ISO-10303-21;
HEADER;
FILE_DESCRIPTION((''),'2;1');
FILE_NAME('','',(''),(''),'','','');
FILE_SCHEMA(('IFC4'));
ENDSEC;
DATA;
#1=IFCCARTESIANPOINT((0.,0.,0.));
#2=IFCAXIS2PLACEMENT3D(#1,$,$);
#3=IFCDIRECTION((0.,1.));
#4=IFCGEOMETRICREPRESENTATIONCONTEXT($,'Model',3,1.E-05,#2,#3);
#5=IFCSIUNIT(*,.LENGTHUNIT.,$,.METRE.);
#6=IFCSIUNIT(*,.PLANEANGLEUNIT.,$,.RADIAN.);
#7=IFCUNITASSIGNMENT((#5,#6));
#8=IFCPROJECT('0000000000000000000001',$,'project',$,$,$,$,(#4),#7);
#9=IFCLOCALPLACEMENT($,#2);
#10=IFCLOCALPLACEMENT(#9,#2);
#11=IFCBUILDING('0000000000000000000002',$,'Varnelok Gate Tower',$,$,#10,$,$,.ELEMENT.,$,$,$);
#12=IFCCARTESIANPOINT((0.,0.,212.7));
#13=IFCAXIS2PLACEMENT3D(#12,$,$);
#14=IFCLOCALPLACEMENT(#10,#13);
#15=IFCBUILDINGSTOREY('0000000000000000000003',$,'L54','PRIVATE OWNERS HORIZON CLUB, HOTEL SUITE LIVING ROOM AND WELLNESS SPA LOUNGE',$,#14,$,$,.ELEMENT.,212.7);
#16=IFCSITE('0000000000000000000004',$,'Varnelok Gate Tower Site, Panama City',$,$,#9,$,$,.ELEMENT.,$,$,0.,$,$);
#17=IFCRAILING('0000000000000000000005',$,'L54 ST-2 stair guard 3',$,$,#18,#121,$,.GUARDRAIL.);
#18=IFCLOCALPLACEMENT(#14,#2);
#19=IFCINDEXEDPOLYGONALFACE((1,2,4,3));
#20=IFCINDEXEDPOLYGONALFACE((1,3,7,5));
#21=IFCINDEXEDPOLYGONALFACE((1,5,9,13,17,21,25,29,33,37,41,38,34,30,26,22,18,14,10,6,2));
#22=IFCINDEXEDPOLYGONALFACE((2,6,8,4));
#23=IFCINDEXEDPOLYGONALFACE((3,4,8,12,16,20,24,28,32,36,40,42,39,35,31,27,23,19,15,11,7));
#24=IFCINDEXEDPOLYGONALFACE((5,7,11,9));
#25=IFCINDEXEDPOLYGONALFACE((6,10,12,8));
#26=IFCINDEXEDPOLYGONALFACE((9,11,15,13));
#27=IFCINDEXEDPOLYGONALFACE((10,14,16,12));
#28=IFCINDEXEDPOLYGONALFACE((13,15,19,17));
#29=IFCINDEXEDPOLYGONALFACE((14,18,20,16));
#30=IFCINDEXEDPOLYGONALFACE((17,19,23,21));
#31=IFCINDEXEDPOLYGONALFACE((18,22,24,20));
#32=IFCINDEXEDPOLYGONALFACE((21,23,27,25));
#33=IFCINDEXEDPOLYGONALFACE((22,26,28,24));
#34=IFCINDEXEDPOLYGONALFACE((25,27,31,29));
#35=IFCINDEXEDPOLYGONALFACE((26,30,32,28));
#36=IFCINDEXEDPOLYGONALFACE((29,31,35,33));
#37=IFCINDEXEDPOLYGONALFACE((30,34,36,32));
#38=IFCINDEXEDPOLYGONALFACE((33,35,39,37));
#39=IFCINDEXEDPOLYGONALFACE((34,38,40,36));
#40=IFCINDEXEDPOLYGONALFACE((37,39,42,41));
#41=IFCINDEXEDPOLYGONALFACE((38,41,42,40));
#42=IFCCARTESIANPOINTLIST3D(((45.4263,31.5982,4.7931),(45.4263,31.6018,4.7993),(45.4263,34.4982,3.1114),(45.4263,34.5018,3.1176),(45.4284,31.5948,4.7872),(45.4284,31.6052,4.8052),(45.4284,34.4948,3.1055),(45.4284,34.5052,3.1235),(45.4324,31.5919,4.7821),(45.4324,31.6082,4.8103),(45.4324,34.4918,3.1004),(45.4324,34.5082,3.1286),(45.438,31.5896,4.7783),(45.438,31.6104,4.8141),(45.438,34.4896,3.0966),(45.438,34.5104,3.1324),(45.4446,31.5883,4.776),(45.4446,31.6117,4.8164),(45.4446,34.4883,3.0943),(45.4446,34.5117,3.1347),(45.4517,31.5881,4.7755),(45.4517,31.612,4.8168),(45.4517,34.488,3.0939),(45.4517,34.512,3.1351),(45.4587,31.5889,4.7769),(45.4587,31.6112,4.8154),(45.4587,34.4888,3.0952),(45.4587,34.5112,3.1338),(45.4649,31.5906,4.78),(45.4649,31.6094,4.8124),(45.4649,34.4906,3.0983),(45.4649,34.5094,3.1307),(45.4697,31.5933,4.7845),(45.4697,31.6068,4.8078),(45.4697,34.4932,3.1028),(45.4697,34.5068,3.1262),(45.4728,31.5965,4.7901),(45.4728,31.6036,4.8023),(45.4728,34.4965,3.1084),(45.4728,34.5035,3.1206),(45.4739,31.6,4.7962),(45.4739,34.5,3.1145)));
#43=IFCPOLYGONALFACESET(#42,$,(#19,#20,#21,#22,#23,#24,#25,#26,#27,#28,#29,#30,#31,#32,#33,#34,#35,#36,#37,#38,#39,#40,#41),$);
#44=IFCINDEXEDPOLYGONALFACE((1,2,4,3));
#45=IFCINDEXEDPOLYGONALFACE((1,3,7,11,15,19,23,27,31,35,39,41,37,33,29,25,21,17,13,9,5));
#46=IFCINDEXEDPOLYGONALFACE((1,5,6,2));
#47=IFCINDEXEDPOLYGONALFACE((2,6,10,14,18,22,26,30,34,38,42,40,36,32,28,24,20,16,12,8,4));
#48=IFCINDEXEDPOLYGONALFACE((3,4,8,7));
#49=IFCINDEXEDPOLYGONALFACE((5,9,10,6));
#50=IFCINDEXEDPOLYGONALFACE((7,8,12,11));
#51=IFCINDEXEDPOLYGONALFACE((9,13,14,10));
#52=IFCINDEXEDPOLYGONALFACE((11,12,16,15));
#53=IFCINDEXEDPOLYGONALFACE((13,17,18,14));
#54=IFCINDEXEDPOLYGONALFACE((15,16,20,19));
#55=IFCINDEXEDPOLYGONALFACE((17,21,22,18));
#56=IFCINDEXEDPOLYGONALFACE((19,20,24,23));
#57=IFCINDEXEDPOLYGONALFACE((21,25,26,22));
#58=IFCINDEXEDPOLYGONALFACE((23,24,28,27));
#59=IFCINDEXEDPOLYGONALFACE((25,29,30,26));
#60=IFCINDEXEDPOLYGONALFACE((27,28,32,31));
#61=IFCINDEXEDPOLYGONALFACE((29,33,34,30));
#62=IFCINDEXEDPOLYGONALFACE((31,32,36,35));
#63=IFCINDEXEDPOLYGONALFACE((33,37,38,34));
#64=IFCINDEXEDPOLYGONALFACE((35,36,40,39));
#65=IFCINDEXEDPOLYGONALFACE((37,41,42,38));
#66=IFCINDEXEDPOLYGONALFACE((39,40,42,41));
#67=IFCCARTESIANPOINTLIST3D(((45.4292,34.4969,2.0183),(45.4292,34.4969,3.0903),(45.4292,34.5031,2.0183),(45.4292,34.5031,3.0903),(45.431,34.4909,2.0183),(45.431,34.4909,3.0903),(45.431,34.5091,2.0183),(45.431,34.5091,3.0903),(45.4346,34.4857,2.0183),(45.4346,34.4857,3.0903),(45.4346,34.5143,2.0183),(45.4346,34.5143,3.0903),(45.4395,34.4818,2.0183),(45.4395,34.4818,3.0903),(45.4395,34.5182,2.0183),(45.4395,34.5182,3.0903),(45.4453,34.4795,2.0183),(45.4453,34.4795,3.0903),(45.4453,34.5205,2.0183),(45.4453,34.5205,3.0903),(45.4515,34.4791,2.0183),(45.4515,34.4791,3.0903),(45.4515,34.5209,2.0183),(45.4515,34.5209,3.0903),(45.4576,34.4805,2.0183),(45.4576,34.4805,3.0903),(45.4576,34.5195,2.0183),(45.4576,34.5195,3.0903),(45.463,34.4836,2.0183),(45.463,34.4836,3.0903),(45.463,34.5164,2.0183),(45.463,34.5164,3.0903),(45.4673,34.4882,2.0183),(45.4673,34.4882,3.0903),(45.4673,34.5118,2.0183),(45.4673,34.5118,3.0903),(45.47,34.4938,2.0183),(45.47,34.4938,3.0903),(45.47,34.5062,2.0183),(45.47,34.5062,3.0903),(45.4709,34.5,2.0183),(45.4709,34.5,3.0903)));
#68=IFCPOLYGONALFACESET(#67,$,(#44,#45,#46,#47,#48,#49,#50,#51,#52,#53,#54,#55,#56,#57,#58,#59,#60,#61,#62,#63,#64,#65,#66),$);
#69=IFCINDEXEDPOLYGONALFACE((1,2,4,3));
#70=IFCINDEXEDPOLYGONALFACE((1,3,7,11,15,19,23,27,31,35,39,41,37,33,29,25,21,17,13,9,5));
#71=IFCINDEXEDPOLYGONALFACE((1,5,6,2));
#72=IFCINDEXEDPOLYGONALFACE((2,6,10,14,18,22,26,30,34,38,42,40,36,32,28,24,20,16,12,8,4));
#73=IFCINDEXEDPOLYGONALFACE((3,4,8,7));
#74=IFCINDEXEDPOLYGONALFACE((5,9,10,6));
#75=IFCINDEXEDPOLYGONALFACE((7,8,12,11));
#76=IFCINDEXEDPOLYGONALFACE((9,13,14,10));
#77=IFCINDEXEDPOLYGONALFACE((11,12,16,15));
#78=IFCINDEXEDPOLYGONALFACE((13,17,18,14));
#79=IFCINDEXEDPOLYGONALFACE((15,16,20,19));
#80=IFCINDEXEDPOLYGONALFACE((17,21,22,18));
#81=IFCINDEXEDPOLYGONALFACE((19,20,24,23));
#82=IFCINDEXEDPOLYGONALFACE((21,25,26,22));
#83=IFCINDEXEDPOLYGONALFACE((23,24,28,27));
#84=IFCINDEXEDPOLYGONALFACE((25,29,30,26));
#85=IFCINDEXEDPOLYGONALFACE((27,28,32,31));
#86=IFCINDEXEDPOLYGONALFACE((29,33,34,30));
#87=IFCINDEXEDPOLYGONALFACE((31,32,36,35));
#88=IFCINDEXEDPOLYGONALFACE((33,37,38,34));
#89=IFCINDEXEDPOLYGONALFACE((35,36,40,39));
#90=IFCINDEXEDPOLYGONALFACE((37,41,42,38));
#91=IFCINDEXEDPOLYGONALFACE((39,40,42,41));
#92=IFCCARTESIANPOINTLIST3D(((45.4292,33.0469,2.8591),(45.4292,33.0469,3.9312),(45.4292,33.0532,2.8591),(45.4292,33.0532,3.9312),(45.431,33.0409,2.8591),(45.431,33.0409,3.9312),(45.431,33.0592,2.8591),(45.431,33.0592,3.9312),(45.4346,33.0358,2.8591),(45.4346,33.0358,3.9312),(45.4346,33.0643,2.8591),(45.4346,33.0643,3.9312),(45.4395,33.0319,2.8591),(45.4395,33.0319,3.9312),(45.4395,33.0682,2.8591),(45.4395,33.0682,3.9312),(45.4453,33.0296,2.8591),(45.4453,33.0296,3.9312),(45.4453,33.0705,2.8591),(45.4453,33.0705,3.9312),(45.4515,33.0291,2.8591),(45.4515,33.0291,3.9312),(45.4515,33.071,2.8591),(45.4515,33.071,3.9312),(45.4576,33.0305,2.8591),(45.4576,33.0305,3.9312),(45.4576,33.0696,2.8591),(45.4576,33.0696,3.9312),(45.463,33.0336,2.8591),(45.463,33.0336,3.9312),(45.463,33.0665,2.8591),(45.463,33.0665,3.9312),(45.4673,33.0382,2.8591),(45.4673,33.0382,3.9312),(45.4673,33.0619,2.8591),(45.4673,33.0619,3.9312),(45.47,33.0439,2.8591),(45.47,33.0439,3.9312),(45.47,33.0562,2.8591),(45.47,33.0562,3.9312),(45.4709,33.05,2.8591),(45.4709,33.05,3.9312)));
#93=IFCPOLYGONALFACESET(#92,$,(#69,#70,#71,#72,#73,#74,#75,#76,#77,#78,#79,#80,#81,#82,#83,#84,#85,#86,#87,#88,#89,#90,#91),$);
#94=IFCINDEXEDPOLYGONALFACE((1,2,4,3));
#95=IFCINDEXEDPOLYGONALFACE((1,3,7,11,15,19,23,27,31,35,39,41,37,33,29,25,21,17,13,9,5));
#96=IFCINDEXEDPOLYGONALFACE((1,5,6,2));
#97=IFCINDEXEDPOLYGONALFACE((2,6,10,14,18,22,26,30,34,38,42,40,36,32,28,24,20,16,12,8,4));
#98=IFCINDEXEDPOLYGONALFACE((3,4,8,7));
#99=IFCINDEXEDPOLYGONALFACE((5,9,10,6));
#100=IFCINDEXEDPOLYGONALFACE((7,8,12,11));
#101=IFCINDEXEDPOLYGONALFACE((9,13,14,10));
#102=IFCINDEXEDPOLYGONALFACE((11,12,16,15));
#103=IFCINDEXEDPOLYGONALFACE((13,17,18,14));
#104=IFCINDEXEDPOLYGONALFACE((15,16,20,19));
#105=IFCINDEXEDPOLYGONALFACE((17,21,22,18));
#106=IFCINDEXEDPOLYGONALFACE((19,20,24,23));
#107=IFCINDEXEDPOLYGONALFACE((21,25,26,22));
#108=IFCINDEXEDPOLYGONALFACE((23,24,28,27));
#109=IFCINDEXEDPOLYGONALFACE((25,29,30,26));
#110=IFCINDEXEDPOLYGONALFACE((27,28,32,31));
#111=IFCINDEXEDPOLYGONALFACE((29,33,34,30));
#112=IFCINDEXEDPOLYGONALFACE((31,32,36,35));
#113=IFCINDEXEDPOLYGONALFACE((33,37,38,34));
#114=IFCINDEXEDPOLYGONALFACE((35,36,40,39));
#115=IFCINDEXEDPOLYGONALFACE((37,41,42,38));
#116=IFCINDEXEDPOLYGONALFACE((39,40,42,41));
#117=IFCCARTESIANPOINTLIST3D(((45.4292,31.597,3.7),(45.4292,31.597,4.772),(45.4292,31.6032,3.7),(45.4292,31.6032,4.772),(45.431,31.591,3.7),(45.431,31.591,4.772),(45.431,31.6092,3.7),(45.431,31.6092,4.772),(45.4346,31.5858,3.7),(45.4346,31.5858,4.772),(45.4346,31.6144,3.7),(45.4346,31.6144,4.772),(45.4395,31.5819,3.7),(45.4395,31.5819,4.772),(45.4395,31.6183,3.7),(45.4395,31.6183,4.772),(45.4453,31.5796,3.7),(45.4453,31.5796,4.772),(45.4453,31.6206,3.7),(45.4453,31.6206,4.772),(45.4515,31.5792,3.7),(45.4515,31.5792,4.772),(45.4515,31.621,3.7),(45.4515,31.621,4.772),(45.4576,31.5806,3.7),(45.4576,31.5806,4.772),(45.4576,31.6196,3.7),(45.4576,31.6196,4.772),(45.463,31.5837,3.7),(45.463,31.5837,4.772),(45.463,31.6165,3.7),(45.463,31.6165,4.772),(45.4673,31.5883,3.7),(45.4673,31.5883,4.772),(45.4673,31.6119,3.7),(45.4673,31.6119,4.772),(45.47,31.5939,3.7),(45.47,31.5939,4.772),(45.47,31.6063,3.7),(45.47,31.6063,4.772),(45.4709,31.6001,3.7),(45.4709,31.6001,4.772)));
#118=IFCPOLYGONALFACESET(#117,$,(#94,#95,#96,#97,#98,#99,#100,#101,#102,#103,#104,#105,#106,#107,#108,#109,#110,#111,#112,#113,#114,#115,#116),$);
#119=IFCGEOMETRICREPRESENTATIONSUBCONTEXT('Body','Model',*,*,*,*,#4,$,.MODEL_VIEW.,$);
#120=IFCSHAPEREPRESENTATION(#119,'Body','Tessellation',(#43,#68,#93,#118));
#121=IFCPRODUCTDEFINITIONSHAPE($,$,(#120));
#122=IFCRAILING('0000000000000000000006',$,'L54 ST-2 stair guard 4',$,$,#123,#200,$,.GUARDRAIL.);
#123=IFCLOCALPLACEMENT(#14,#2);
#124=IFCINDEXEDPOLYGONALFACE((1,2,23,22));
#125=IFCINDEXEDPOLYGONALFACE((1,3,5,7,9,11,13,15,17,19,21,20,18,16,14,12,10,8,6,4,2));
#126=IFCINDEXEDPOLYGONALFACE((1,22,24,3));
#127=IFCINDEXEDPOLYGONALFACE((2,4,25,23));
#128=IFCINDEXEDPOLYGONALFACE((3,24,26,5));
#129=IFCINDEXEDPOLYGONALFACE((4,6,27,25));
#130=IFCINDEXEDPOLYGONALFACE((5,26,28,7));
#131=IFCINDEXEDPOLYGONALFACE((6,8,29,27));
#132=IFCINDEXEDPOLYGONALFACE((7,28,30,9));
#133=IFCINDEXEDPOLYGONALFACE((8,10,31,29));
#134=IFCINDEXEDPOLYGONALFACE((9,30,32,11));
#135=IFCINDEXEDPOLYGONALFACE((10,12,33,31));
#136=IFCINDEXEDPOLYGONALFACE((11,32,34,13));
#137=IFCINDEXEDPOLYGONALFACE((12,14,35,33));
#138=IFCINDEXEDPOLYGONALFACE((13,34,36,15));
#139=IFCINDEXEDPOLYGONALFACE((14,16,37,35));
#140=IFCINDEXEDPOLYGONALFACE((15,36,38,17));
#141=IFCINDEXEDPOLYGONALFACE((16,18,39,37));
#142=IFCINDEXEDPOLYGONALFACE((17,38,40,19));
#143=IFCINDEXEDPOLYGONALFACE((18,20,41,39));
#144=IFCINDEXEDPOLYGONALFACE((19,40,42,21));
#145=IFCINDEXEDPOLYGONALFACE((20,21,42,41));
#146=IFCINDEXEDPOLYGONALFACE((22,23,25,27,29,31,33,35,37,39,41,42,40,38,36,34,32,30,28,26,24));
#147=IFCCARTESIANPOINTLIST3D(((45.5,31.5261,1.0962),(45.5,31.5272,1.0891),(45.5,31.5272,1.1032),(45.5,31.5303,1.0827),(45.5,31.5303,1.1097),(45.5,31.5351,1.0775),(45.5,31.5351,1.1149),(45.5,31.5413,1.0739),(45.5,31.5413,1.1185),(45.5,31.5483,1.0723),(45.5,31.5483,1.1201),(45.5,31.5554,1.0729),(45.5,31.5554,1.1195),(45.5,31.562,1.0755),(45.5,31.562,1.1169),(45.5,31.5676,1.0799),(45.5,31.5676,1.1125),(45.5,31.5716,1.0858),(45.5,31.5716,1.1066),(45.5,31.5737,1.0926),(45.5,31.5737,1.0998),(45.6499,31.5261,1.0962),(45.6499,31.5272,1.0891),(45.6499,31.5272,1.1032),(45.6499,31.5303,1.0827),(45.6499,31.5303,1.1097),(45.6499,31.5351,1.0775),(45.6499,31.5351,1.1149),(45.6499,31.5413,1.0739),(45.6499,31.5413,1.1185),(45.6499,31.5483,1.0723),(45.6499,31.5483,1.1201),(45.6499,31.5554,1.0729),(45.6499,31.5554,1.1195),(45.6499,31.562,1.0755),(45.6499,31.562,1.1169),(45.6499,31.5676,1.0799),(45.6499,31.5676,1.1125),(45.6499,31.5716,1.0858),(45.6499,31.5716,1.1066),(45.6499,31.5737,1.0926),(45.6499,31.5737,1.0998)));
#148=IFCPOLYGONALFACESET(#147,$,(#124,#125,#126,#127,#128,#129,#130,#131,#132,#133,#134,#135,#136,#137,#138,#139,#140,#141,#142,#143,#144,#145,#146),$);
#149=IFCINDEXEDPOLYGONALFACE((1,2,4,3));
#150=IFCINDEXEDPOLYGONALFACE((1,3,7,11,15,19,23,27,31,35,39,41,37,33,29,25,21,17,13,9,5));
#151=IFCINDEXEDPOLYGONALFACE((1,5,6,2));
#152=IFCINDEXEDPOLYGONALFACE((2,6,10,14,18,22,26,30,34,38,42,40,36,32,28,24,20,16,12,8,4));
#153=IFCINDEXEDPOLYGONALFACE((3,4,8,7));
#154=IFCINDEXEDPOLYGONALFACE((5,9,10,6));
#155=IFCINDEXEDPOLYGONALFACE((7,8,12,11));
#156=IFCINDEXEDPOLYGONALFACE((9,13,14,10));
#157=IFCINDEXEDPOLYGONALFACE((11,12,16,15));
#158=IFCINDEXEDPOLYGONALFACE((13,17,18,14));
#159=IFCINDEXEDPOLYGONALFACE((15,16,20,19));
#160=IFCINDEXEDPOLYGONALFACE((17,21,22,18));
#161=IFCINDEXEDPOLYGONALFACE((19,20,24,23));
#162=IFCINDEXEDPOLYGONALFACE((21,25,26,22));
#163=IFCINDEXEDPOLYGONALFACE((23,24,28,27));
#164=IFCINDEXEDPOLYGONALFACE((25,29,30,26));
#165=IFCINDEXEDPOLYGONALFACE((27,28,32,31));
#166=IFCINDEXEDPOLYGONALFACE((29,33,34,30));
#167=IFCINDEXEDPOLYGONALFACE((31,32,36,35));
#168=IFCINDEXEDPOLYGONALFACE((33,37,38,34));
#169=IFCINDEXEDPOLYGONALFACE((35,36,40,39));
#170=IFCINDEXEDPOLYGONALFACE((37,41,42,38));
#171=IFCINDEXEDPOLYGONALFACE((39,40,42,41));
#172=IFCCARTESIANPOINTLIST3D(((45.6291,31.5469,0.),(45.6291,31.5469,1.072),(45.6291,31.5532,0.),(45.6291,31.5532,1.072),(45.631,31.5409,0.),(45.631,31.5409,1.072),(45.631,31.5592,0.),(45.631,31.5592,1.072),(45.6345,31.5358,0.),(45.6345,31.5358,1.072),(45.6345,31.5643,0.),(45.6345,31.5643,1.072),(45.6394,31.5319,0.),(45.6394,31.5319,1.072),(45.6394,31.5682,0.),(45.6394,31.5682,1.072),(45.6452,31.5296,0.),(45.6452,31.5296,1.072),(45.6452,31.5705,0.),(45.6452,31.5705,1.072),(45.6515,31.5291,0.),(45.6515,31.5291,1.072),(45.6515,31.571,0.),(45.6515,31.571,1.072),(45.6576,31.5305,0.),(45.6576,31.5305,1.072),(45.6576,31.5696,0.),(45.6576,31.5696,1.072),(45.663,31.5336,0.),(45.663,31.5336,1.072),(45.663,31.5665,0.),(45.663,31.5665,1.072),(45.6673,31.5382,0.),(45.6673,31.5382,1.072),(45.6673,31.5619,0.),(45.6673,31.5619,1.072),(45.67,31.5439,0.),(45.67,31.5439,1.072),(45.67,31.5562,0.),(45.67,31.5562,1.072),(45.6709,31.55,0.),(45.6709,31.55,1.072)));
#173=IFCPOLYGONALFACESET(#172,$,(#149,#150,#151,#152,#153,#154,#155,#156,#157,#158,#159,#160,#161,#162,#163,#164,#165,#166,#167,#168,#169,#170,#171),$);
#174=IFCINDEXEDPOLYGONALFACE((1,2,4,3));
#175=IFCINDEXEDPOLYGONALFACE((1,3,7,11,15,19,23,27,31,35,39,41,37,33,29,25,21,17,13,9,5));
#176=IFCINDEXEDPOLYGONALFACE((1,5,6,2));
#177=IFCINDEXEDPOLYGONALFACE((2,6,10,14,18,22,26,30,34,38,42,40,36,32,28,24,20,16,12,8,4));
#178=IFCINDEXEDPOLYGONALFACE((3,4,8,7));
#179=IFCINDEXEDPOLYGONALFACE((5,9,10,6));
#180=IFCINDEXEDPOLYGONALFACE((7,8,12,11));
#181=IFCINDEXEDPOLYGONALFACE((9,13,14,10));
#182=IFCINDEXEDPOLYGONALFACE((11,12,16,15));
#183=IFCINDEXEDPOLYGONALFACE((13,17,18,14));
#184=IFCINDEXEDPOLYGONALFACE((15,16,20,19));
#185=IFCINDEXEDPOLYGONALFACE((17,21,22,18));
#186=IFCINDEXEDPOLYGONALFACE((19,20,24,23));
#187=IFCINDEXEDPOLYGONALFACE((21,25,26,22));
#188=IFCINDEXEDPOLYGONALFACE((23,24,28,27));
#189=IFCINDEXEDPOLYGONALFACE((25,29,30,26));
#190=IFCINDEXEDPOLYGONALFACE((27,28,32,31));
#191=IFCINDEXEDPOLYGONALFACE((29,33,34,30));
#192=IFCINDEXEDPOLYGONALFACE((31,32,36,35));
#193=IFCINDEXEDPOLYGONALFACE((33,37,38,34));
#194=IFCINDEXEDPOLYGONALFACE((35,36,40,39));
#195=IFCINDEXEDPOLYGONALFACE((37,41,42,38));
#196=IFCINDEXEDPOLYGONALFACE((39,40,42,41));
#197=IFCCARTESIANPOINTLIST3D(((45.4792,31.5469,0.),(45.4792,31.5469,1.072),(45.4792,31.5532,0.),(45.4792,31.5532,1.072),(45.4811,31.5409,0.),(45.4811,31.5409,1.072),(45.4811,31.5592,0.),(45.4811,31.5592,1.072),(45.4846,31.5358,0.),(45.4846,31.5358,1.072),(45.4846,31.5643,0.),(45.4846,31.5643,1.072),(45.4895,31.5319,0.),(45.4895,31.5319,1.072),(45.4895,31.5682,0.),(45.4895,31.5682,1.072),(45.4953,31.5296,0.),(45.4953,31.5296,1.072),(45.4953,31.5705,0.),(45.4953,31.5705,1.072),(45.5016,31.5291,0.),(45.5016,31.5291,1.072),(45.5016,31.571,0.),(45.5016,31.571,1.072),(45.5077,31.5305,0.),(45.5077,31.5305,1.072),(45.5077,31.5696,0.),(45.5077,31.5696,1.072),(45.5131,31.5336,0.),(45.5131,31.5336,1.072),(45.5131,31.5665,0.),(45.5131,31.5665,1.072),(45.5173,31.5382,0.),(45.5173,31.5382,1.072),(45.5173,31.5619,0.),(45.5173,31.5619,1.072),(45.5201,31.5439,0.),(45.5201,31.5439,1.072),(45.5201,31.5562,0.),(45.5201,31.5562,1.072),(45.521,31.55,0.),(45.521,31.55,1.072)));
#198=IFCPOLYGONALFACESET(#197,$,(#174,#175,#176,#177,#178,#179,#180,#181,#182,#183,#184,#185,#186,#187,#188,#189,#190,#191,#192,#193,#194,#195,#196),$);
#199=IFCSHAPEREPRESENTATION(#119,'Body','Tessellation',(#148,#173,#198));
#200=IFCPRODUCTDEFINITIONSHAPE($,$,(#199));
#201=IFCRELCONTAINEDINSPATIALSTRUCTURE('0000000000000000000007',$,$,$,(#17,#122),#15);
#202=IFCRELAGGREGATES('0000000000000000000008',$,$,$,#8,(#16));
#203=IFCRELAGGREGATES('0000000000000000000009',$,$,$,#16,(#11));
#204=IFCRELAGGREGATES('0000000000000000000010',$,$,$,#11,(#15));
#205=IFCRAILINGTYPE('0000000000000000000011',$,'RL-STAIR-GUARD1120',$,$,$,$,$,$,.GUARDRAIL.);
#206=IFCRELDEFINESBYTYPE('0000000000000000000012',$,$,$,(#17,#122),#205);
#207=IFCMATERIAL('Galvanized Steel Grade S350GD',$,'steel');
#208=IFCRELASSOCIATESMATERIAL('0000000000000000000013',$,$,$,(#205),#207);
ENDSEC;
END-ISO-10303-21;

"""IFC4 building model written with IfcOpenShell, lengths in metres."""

from ifc_helpers import new_model, si_unit, direction, frame, origin, origin_2d, place, context, subcontext, project, spatial, circle, extrude, material, type_object, element, save


model = new_model("IFC4")

# Units and contexts
model_context = context("Model", 3, precision=1e-05, world=origin(), true_north=direction((0.0, 1.0)))
body_context = subcontext(model_context, "Body", "Model", "MODEL_VIEW")
ifc_project = project(units=[si_unit("LENGTHUNIT", "METRE"), si_unit("PLANEANGLEUNIT", "RADIAN")], contexts=[model_context])

# Site, building, storey
site_placement = place(None, origin())
site = spatial("IfcSite", under=ifc_project, at=site_placement, Name="Varnelok Gate Tower Site, Panama City", CompositionType="ELEMENT", RefElevation=0.0)
building_placement = place(site_placement, origin())
building = spatial("IfcBuilding", under=site, at=building_placement, Name="Varnelok Gate Tower", CompositionType="ELEMENT")
storey_placement = place(building_placement, frame((0.0, 0.0, 212.7)))
storey = spatial("IfcBuildingStorey", under=building, at=storey_placement, Name="L54", Description="PRIVATE OWNERS HORIZON CLUB, HOTEL SUITE LIVING ROOM AND WELLNESS SPA LOUNGE", CompositionType="ELEMENT", Elevation=212.7)

# Shared definitions
ifc_material_1 = material(Name="Galvanized Steel Grade S350GD", Category="steel")

# Railings
railing_type_1 = type_object("IfcRailingType", Name="RL-STAIR-GUARD1120", PredefinedType="GUARDRAIL", material=ifc_material_1)
railing_1_placement = place(storey_placement, frame((45.45, 34.5, 2.0183)))
element("IfcRailing", 1, at=railing_1_placement, inside=storey, type_object=railing_type_1, Name="L54 ST-2 stair guard 3", PredefinedType="GUARDRAIL", context=body_context, shape_type="SweptSolid", body=[
    extrude(circle(Radius=0.0239, at=origin_2d()), frame((0.0, 0.0, 1.0962), z_axis=(0.0, -0.86507, 0.501651), x_axis=(1.0, 0.0, 0.0)), (0.0, 0.0, 1.0), 3.3523),
    extrude(circle(Radius=0.021, at=origin_2d()), origin(), (0.0, 0.0, 1.0), 1.072),
    extrude(circle(Radius=0.021, at=origin_2d()), frame((0.0, -1.45, 0.8408)), (0.0, 0.0, 1.0), 1.072),
    extrude(circle(Radius=0.021, at=origin_2d()), frame((0.0, -2.8999, 1.6816)), (0.0, 0.0, 1.0), 1.072),
])
railing_2_placement = place(storey_placement, frame((45.6499, 31.55, 0.0)))
element("IfcRailing", 2, at=railing_2_placement, inside=storey, type_object=railing_type_1, Name="L54 ST-2 stair guard 4", PredefinedType="GUARDRAIL", context=body_context, shape_type="SweptSolid", body=[
    extrude(circle(Radius=0.0239, at=origin_2d()), frame((0.0, 0.0, 1.0962), z_axis=(-1.0, 0.0, 0.0), x_axis=(0.0, -1.0, 0.0)), (0.0, 0.0, 1.0), 0.1499),
    extrude(circle(Radius=0.021, at=origin_2d()), origin(), (0.0, 0.0, 1.0), 1.072),
    extrude(circle(Radius=0.021, at=origin_2d()), frame((-0.1499, 0.0, 0.0)), (0.0, 0.0, 1.0), 1.072),
])

save(model, "model.ifc")
